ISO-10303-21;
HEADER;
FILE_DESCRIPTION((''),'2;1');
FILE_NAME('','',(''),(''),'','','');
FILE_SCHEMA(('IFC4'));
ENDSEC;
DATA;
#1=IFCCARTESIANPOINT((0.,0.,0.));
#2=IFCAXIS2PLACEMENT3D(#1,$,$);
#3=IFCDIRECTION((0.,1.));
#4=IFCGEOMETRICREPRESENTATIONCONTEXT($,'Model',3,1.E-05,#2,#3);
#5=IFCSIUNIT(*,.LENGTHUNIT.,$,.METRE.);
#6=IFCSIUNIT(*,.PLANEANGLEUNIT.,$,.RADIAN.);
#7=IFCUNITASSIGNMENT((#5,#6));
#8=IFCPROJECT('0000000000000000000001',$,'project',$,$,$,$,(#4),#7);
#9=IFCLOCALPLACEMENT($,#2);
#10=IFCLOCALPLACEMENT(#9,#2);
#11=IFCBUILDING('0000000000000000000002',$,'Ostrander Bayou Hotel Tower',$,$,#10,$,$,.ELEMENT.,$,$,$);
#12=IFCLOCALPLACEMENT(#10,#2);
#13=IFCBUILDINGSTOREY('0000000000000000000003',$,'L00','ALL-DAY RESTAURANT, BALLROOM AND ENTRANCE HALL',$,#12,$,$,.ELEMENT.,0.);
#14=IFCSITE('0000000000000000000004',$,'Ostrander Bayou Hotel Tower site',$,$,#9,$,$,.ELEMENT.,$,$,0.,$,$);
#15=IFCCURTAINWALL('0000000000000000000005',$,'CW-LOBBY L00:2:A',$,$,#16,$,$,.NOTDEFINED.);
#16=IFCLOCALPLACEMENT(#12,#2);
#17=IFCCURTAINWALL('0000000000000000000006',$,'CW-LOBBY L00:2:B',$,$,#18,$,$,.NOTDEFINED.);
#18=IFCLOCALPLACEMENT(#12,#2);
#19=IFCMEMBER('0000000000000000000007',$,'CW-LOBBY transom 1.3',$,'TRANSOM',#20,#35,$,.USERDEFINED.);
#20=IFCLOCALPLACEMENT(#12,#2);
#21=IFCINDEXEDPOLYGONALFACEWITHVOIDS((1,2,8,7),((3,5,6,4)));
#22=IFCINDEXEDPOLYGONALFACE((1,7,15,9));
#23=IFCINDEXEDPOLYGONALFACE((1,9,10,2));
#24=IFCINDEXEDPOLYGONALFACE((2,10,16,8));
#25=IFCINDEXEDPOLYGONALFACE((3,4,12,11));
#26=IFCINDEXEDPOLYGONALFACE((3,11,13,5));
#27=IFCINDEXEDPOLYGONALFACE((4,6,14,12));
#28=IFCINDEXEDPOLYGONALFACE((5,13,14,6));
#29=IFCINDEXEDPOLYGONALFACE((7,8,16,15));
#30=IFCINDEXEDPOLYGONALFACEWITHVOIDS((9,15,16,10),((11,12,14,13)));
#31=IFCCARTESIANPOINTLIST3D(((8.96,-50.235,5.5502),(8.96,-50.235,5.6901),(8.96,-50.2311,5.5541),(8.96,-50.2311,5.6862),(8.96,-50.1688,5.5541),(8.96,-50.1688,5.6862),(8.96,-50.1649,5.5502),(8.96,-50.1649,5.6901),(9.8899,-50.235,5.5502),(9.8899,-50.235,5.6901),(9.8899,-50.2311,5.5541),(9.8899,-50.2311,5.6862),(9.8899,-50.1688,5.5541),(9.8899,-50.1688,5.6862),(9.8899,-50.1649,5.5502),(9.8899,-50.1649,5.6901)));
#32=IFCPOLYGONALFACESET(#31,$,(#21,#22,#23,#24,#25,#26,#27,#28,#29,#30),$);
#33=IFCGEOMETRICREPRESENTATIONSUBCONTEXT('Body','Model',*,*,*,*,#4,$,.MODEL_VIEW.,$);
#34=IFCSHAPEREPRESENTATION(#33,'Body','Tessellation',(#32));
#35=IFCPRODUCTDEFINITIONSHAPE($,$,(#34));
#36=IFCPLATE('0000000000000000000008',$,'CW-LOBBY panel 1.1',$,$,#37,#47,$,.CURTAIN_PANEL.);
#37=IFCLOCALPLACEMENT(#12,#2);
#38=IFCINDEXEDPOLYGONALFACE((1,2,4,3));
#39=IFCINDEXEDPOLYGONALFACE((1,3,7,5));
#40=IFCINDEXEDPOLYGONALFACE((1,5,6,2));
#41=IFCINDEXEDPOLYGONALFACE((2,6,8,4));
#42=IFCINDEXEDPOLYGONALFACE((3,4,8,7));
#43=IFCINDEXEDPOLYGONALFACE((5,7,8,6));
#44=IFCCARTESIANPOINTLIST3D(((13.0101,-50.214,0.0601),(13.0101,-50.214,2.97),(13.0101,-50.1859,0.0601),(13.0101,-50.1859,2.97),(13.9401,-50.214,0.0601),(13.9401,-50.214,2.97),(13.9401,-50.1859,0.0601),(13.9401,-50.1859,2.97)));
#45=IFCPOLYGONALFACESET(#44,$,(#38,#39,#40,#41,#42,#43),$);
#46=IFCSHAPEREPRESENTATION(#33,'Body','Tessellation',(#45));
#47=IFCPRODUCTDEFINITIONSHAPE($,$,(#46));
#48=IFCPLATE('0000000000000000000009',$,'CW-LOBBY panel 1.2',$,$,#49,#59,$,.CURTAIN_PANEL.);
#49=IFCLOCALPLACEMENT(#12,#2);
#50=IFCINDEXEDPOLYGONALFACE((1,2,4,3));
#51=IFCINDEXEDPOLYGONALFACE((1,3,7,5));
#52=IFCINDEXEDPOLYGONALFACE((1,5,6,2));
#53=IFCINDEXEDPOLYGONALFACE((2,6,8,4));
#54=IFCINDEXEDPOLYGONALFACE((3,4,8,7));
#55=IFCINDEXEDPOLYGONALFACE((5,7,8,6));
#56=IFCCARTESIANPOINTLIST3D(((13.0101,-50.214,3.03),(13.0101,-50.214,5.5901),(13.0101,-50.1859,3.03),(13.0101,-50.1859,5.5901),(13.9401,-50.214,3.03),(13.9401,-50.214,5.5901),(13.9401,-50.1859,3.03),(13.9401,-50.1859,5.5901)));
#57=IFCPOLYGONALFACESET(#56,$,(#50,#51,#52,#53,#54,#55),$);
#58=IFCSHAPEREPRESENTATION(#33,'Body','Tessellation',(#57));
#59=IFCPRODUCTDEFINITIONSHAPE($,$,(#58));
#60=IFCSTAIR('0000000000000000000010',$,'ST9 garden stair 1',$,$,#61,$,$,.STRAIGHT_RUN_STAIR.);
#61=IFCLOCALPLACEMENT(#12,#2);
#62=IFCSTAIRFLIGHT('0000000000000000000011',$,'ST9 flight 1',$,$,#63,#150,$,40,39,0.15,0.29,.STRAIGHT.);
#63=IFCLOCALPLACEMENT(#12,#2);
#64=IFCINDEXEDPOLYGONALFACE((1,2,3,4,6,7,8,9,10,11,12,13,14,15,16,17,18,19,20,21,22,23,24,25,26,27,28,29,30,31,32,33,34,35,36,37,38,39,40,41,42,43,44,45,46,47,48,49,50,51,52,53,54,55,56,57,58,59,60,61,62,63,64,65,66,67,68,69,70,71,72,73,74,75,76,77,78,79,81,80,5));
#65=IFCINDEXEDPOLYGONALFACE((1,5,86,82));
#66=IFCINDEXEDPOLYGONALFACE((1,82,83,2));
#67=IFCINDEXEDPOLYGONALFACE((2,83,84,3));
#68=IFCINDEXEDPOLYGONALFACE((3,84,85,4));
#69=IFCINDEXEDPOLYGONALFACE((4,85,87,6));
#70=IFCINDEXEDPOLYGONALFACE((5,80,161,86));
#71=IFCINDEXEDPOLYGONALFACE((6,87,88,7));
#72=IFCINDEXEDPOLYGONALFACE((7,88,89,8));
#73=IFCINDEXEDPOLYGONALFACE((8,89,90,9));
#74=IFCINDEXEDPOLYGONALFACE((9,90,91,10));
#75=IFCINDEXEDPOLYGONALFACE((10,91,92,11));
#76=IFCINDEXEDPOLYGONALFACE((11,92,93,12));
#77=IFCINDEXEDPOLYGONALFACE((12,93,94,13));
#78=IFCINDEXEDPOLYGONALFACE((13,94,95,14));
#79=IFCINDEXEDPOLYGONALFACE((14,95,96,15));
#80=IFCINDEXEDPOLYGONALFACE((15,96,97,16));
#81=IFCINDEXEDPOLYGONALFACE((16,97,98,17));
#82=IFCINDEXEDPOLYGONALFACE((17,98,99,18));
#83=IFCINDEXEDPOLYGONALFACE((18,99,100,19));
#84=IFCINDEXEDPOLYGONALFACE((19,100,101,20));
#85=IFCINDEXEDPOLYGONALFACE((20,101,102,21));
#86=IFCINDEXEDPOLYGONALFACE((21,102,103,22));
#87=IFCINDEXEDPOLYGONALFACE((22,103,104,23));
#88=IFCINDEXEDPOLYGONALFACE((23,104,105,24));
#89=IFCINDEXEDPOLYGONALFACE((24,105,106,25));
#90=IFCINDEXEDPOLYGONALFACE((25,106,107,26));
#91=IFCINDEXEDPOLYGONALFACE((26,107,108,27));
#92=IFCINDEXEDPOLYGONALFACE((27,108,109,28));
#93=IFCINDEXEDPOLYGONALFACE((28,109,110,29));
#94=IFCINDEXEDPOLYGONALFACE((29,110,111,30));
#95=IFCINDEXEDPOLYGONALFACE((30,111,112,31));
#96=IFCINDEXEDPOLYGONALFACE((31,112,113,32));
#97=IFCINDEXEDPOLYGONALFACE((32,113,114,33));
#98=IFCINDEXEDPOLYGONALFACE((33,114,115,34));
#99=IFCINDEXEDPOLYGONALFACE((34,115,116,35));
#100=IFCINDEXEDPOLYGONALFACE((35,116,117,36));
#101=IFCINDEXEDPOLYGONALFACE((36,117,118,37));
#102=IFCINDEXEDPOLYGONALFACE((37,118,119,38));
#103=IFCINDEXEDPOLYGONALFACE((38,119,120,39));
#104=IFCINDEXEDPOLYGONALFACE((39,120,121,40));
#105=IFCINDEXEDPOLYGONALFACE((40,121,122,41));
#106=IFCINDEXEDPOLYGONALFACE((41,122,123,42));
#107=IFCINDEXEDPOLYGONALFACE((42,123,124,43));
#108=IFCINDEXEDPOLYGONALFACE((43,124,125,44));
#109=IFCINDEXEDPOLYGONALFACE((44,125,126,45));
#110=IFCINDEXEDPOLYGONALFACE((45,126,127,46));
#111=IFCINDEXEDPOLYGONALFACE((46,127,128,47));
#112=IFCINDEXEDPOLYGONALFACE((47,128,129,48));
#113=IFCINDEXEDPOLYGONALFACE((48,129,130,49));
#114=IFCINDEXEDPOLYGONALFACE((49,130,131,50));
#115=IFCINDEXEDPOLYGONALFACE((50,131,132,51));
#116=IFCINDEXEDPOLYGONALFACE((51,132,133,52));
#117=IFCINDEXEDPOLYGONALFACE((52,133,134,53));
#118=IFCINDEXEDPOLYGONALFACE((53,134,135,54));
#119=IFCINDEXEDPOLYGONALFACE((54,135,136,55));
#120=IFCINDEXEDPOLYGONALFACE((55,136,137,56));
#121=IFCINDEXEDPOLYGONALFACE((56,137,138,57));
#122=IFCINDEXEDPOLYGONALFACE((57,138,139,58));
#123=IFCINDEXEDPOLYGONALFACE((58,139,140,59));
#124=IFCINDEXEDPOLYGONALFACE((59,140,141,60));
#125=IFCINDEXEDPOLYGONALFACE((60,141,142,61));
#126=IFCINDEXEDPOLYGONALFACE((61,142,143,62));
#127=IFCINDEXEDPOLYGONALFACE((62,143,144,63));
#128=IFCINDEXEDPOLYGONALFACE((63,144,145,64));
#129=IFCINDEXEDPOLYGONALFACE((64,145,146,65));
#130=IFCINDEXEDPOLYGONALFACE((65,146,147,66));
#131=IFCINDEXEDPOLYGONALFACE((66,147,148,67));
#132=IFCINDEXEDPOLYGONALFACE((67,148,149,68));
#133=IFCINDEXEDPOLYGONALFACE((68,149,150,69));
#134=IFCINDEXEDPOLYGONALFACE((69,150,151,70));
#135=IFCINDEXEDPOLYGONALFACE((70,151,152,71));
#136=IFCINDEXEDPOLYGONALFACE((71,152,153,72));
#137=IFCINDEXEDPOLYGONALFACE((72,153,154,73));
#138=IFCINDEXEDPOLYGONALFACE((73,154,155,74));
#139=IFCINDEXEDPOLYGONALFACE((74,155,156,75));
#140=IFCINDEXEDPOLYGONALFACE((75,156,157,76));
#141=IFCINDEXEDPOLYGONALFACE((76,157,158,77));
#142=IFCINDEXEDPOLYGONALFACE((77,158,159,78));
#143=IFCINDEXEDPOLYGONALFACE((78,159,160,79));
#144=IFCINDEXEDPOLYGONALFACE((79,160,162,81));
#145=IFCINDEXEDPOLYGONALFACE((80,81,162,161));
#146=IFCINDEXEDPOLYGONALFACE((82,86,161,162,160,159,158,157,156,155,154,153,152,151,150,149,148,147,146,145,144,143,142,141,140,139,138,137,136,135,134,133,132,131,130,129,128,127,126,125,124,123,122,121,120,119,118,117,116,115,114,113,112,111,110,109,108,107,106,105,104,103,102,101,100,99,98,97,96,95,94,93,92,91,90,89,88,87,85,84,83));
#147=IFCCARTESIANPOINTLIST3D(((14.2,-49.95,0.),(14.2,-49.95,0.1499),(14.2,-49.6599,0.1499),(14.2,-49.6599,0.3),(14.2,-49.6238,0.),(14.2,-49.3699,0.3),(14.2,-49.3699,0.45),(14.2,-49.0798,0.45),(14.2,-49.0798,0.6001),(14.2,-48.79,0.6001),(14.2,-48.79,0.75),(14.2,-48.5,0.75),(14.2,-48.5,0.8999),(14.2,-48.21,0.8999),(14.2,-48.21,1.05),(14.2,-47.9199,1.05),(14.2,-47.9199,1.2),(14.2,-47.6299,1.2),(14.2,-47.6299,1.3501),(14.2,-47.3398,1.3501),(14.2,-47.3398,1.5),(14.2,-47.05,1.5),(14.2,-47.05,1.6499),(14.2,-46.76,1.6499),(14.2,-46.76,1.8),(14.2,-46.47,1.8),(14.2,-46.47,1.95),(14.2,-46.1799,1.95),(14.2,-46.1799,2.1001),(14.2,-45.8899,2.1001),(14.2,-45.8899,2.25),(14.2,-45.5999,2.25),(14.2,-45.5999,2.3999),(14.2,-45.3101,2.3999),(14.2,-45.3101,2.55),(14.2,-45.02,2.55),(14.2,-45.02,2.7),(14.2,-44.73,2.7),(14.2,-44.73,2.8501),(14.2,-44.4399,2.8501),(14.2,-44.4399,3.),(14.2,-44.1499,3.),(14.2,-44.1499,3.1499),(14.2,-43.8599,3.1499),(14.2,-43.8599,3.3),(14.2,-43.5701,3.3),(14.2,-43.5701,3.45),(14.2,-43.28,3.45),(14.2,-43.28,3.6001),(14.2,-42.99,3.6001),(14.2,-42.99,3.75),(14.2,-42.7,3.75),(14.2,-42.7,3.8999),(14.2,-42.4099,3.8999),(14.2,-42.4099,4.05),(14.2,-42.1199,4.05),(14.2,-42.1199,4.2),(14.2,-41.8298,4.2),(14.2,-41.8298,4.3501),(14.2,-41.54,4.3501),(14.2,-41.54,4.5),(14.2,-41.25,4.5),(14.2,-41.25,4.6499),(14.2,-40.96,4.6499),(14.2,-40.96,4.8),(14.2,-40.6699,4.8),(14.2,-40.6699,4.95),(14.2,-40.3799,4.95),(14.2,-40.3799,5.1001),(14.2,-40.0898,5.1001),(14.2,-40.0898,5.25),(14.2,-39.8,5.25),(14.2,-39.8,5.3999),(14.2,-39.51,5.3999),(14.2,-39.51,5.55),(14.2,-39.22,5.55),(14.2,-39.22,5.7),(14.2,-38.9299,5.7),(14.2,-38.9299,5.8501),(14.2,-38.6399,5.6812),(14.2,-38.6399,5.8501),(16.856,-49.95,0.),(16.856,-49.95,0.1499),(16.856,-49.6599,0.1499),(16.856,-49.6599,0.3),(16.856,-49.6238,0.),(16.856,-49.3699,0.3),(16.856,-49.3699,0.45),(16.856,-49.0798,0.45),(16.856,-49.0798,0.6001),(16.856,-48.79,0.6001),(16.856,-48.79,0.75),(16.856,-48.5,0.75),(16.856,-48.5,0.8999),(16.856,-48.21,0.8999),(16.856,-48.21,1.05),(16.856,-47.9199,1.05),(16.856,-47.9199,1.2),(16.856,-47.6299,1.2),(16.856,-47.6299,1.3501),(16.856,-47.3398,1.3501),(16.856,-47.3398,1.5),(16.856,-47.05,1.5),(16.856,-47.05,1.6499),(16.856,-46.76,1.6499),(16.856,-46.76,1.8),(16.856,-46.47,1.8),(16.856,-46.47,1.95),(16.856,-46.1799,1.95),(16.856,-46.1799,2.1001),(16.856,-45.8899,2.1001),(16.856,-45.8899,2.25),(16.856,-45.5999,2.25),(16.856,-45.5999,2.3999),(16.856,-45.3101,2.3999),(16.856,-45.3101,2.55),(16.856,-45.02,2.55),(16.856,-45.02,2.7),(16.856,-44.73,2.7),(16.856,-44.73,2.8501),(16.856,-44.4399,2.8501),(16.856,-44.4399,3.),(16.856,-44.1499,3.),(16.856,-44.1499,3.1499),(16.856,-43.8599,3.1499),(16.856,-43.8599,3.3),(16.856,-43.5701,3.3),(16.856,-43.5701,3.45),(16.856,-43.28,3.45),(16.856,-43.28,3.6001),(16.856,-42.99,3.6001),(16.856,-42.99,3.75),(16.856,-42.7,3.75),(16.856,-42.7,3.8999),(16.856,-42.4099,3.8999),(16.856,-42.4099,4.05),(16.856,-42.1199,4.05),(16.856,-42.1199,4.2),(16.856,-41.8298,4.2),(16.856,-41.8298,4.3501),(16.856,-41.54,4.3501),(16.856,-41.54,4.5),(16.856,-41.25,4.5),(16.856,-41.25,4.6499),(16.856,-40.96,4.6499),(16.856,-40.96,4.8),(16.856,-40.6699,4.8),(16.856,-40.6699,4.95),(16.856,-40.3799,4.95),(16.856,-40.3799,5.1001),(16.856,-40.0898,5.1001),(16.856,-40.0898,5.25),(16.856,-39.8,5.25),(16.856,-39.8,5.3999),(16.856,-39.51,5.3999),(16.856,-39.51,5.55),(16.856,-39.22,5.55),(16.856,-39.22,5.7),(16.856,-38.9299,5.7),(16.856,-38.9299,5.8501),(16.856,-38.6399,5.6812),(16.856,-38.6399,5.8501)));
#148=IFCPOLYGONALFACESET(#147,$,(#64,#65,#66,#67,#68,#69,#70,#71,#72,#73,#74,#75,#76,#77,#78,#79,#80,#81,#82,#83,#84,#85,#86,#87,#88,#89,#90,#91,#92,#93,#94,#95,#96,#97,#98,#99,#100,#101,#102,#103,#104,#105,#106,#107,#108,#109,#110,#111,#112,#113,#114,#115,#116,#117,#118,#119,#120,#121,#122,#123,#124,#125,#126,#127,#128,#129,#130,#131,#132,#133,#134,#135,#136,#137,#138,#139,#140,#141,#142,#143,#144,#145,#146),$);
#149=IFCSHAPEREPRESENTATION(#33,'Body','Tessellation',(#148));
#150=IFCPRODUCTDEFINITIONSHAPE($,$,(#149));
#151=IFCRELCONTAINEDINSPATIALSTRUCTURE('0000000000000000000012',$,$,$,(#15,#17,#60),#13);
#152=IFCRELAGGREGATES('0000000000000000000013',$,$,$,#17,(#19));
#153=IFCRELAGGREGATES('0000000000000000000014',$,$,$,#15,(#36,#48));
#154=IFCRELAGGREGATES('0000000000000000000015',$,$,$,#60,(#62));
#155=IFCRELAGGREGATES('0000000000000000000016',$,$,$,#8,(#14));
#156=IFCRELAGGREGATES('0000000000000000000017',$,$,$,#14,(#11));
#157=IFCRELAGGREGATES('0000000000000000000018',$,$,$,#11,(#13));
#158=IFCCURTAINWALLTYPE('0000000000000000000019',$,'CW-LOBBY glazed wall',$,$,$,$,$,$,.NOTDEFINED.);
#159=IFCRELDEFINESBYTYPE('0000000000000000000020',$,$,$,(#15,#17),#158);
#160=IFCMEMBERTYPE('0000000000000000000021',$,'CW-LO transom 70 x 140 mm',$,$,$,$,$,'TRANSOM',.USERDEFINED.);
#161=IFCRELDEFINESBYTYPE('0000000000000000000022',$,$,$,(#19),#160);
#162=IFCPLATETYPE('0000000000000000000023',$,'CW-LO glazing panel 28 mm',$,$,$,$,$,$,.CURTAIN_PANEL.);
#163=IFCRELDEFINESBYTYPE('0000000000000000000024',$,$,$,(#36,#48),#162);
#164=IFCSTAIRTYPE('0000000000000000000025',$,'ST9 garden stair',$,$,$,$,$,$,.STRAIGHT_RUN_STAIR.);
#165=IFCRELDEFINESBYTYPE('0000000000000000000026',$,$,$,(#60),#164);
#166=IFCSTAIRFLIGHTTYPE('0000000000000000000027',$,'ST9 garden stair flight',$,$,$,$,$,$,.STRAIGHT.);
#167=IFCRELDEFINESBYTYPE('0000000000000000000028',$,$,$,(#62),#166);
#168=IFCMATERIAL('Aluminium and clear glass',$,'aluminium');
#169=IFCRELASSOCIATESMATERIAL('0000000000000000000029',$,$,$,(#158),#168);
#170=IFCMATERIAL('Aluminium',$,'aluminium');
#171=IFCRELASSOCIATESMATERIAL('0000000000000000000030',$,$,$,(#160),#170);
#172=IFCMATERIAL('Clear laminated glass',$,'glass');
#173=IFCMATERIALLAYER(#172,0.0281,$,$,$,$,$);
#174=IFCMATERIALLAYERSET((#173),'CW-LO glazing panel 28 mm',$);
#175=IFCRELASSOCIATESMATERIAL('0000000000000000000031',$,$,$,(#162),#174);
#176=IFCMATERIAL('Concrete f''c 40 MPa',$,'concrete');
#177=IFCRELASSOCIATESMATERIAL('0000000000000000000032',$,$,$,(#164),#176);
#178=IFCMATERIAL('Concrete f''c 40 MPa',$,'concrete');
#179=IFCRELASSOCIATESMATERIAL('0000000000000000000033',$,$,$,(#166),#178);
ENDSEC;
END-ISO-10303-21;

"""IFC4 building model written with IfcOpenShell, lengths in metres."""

from ifc_helpers import new_model, si_unit, direction, frame, origin, origin_2d, place, context, subcontext, project, spatial, polyline, rectangle, hollow_rectangle, outline, extrude, material, layer, layer_set, material_profile, profile_set, type_object, element, aggregate, save


model = new_model("IFC4")

# Units and contexts
model_context = context("Model", 3, precision=1e-05, world=origin(), true_north=direction((0.0, 1.0)))
body_context = subcontext(model_context, "Body", "Model", "MODEL_VIEW")
ifc_project = project(units=[si_unit("LENGTHUNIT", "METRE"), si_unit("PLANEANGLEUNIT", "RADIAN")], contexts=[model_context])

# Site, building, storey
site_placement = place(None, origin())
site = spatial("IfcSite", under=ifc_project, at=site_placement, Name="Ostrander Bayou Hotel Tower site", CompositionType="ELEMENT", RefElevation=0.0)
building_placement = place(site_placement, origin())
building = spatial("IfcBuilding", under=site, at=building_placement, Name="Ostrander Bayou Hotel Tower", CompositionType="ELEMENT")
storey_placement = place(building_placement, origin())
storey = spatial("IfcBuildingStorey", under=building, at=storey_placement, Name="L00", Description="ALL-DAY RESTAURANT, BALLROOM AND ENTRANCE HALL", CompositionType="ELEMENT", Elevation=0.0)

# Curtain wall
ifc_material_1 = material(Name="Aluminium and clear glass", Category="aluminium")
curtain_wall_type = type_object("IfcCurtainWallType", Name="CW-LOBBY glazed wall", PredefinedType="NOTDEFINED", material=ifc_material_1)
curtain_wall_1_placement = place(storey_placement, origin())
curtain_wall_1 = element("IfcCurtainWall", 1, at=curtain_wall_1_placement, inside=storey, type_object=curtain_wall_type, Name="CW-LOBBY L00:2:A", PredefinedType="NOTDEFINED")

# Curtain wall
curtain_wall_2_placement = place(storey_placement, origin())
curtain_wall_2 = element("IfcCurtainWall", 2, at=curtain_wall_2_placement, inside=storey, type_object=curtain_wall_type, Name="CW-LOBBY L00:2:B", PredefinedType="NOTDEFINED")

# Member
ifc_material_2 = material(Name="Aluminium", Category="aluminium")
ifc_material_profile_1 = material_profile(ifc_material_2, hollow_rectangle(XDim=0.0701, YDim=0.1399, WallThickness=0.0039, at=origin_2d()))
ifc_profile_set_1 = profile_set([ifc_material_profile_1], Name="Aluminium")
member_type_1 = type_object("IfcMemberType", Name="CW-LO transom 70 x 140 mm", ElementType="TRANSOM", PredefinedType="USERDEFINED", material=ifc_profile_set_1)
member_1_placement = place(storey_placement, frame((9.8899, -50.2, 5.6201), z_axis=(-1.0, 0.0, 0.0), x_axis=(0.0, -1.0, 0.0)))
member_1 = element("IfcMember", 3, at=member_1_placement, type_object=member_type_1, Name="CW-LOBBY transom 1.3", ObjectType="TRANSOM", PredefinedType="USERDEFINED", context=body_context, shape_type="SweptSolid", body=[
    extrude(hollow_rectangle(XDim=0.0701, YDim=0.1399, WallThickness=0.0039, at=origin_2d()), origin(), (0.0, 0.0, 1.0), 0.9299),
])
aggregate(curtain_wall_2, [member_1])

# Plates
ifc_material_3 = material(Name="Clear laminated glass", Category="glass")
ifc_layer_1 = layer(ifc_material_3, 0.0281)
ifc_layer_set_1 = layer_set([ifc_layer_1], Name="CW-LO glazing panel 28 mm")
plate_type = type_object("IfcPlateType", Name="CW-LO glazing panel 28 mm", PredefinedType="CURTAIN_PANEL", material=ifc_layer_set_1)
plate_1_placement = place(storey_placement, frame((13.4751, -50.2, 0.0601), z_axis=(0.0, 0.0, 1.0), x_axis=(-1.0, 0.0, 0.0)))
plate_1 = element("IfcPlate", 4, at=plate_1_placement, type_object=plate_type, Name="CW-LOBBY panel 1.1", PredefinedType="CURTAIN_PANEL", context=body_context, shape_type="SweptSolid", body=[
    extrude(rectangle(XDim=0.9299, YDim=0.0281, at=origin_2d()), origin(), (0.0, 0.0, 1.0), 2.9099),
])
plate_2_placement = place(storey_placement, frame((13.4751, -50.2, 3.03), z_axis=(0.0, 0.0, 1.0), x_axis=(-1.0, 0.0, 0.0)))
plate_2 = element("IfcPlate", 5, at=plate_2_placement, type_object=plate_type, Name="CW-LOBBY panel 1.2", PredefinedType="CURTAIN_PANEL", context=body_context, shape_type="SweptSolid", body=[
    extrude(rectangle(XDim=0.9299, YDim=0.0281, at=origin_2d()), origin(), (0.0, 0.0, 1.0), 2.5601),
])
aggregate(curtain_wall_1, [plate_1, plate_2])

# Stair, stair flight
ifc_material_4 = material(Name="Concrete f'c 40 MPa", Category="concrete")
stair_type = type_object("IfcStairType", Name="ST9 garden stair", PredefinedType="STRAIGHT_RUN_STAIR", material=ifc_material_4)
stair_1_placement = place(storey_placement, origin())
stair_1 = element("IfcStair", 6, at=stair_1_placement, inside=storey, type_object=stair_type, Name="ST9 garden stair 1", PredefinedType="STRAIGHT_RUN_STAIR")
ifc_material_5 = material(Name="Concrete f'c 40 MPa", Category="concrete")
stair_flight_type = type_object("IfcStairFlightType", Name="ST9 garden stair flight", PredefinedType="STRAIGHT", material=ifc_material_5)
stair_flight_1_placement = place(storey_placement, frame((15.5281, -49.95, 0.0), z_axis=(0.0, 0.0, 1.0), x_axis=(0.0, 1.0, 0.0)))
stair_flight_1 = element("IfcStairFlight", 7, at=stair_flight_1_placement, type_object=stair_flight_type, Name="ST9 flight 1", NumberOfRisers=40, NumberOfTreads=39, PredefinedType="STRAIGHT", RiserHeight=0.15, TreadLength=0.29, context=body_context, shape_type="SweptSolid", body=[
    extrude(outline(polyline([(0.0, 0.0), (0.0, 0.1499), (0.29, 0.1499), (0.29, 0.3), (0.5801, 0.3), (0.5801, 0.45), (0.8701, 0.45), (0.8701, 0.6001), (1.1599, 0.6001), (1.1599, 0.75), (1.45, 0.75), (1.45, 0.8999), (1.74, 0.8999), (1.74, 1.05), (2.03, 1.05), (2.03, 1.2), (2.3201, 1.2), (2.3201, 1.3501), (2.6101, 1.3501), (2.6101, 1.5), (2.8999, 1.5), (2.8999, 1.6499), (3.1899, 1.6499), (3.1899, 1.8), (3.48, 1.8), (3.48, 1.95), (3.77, 1.95), (3.77, 2.1001), (4.0601, 2.1001), (4.0601, 2.25), (4.3501, 2.25), (4.3501, 2.3999), (4.6399, 2.3999), (4.6399, 2.55), (4.9299, 2.55), (4.9299, 2.7), (5.22, 2.7), (5.22, 2.8501), (5.51, 2.8501), (5.51, 3.0), (5.8, 3.0), (5.8, 3.1499), (6.0901, 3.1499), (6.0901, 3.3), (6.3799, 3.3), (6.3799, 3.45), (6.6699, 3.45), (6.6699, 3.6001), (6.96, 3.6001), (6.96, 3.75), (7.25, 3.75), (7.25, 3.8999), (7.54, 3.8999), (7.54, 4.05), (7.8301, 4.05), (7.8301, 4.2), (8.1201, 4.2), (8.1201, 4.3501), (8.4099, 4.3501), (8.4099, 4.5), (8.7, 4.5), (8.7, 4.6499), (8.99, 4.6499), (8.99, 4.8), (9.28, 4.8), (9.28, 4.95), (9.5701, 4.95), (9.5701, 5.1001), (9.8601, 5.1001), (9.8601, 5.25), (10.1499, 5.25), (10.1499, 5.3999), (10.4399, 5.3999), (10.4399, 5.55), (10.73, 5.55), (10.73, 5.7), (11.02, 5.7), (11.02, 5.8501), (11.3101, 5.8501), (11.3101, 6.0), (11.3101, 5.6812), (0.3262, 0.0), (0.0, 0.0)])), frame((0.0, 1.3281, 0.0), z_axis=(0.0, -1.0, 0.0), x_axis=(1.0, 0.0, 0.0)), (0.0, 0.0, 1.0), 2.656),
])
aggregate(stair_1, [stair_flight_1])

save(model, "model.ifc")
